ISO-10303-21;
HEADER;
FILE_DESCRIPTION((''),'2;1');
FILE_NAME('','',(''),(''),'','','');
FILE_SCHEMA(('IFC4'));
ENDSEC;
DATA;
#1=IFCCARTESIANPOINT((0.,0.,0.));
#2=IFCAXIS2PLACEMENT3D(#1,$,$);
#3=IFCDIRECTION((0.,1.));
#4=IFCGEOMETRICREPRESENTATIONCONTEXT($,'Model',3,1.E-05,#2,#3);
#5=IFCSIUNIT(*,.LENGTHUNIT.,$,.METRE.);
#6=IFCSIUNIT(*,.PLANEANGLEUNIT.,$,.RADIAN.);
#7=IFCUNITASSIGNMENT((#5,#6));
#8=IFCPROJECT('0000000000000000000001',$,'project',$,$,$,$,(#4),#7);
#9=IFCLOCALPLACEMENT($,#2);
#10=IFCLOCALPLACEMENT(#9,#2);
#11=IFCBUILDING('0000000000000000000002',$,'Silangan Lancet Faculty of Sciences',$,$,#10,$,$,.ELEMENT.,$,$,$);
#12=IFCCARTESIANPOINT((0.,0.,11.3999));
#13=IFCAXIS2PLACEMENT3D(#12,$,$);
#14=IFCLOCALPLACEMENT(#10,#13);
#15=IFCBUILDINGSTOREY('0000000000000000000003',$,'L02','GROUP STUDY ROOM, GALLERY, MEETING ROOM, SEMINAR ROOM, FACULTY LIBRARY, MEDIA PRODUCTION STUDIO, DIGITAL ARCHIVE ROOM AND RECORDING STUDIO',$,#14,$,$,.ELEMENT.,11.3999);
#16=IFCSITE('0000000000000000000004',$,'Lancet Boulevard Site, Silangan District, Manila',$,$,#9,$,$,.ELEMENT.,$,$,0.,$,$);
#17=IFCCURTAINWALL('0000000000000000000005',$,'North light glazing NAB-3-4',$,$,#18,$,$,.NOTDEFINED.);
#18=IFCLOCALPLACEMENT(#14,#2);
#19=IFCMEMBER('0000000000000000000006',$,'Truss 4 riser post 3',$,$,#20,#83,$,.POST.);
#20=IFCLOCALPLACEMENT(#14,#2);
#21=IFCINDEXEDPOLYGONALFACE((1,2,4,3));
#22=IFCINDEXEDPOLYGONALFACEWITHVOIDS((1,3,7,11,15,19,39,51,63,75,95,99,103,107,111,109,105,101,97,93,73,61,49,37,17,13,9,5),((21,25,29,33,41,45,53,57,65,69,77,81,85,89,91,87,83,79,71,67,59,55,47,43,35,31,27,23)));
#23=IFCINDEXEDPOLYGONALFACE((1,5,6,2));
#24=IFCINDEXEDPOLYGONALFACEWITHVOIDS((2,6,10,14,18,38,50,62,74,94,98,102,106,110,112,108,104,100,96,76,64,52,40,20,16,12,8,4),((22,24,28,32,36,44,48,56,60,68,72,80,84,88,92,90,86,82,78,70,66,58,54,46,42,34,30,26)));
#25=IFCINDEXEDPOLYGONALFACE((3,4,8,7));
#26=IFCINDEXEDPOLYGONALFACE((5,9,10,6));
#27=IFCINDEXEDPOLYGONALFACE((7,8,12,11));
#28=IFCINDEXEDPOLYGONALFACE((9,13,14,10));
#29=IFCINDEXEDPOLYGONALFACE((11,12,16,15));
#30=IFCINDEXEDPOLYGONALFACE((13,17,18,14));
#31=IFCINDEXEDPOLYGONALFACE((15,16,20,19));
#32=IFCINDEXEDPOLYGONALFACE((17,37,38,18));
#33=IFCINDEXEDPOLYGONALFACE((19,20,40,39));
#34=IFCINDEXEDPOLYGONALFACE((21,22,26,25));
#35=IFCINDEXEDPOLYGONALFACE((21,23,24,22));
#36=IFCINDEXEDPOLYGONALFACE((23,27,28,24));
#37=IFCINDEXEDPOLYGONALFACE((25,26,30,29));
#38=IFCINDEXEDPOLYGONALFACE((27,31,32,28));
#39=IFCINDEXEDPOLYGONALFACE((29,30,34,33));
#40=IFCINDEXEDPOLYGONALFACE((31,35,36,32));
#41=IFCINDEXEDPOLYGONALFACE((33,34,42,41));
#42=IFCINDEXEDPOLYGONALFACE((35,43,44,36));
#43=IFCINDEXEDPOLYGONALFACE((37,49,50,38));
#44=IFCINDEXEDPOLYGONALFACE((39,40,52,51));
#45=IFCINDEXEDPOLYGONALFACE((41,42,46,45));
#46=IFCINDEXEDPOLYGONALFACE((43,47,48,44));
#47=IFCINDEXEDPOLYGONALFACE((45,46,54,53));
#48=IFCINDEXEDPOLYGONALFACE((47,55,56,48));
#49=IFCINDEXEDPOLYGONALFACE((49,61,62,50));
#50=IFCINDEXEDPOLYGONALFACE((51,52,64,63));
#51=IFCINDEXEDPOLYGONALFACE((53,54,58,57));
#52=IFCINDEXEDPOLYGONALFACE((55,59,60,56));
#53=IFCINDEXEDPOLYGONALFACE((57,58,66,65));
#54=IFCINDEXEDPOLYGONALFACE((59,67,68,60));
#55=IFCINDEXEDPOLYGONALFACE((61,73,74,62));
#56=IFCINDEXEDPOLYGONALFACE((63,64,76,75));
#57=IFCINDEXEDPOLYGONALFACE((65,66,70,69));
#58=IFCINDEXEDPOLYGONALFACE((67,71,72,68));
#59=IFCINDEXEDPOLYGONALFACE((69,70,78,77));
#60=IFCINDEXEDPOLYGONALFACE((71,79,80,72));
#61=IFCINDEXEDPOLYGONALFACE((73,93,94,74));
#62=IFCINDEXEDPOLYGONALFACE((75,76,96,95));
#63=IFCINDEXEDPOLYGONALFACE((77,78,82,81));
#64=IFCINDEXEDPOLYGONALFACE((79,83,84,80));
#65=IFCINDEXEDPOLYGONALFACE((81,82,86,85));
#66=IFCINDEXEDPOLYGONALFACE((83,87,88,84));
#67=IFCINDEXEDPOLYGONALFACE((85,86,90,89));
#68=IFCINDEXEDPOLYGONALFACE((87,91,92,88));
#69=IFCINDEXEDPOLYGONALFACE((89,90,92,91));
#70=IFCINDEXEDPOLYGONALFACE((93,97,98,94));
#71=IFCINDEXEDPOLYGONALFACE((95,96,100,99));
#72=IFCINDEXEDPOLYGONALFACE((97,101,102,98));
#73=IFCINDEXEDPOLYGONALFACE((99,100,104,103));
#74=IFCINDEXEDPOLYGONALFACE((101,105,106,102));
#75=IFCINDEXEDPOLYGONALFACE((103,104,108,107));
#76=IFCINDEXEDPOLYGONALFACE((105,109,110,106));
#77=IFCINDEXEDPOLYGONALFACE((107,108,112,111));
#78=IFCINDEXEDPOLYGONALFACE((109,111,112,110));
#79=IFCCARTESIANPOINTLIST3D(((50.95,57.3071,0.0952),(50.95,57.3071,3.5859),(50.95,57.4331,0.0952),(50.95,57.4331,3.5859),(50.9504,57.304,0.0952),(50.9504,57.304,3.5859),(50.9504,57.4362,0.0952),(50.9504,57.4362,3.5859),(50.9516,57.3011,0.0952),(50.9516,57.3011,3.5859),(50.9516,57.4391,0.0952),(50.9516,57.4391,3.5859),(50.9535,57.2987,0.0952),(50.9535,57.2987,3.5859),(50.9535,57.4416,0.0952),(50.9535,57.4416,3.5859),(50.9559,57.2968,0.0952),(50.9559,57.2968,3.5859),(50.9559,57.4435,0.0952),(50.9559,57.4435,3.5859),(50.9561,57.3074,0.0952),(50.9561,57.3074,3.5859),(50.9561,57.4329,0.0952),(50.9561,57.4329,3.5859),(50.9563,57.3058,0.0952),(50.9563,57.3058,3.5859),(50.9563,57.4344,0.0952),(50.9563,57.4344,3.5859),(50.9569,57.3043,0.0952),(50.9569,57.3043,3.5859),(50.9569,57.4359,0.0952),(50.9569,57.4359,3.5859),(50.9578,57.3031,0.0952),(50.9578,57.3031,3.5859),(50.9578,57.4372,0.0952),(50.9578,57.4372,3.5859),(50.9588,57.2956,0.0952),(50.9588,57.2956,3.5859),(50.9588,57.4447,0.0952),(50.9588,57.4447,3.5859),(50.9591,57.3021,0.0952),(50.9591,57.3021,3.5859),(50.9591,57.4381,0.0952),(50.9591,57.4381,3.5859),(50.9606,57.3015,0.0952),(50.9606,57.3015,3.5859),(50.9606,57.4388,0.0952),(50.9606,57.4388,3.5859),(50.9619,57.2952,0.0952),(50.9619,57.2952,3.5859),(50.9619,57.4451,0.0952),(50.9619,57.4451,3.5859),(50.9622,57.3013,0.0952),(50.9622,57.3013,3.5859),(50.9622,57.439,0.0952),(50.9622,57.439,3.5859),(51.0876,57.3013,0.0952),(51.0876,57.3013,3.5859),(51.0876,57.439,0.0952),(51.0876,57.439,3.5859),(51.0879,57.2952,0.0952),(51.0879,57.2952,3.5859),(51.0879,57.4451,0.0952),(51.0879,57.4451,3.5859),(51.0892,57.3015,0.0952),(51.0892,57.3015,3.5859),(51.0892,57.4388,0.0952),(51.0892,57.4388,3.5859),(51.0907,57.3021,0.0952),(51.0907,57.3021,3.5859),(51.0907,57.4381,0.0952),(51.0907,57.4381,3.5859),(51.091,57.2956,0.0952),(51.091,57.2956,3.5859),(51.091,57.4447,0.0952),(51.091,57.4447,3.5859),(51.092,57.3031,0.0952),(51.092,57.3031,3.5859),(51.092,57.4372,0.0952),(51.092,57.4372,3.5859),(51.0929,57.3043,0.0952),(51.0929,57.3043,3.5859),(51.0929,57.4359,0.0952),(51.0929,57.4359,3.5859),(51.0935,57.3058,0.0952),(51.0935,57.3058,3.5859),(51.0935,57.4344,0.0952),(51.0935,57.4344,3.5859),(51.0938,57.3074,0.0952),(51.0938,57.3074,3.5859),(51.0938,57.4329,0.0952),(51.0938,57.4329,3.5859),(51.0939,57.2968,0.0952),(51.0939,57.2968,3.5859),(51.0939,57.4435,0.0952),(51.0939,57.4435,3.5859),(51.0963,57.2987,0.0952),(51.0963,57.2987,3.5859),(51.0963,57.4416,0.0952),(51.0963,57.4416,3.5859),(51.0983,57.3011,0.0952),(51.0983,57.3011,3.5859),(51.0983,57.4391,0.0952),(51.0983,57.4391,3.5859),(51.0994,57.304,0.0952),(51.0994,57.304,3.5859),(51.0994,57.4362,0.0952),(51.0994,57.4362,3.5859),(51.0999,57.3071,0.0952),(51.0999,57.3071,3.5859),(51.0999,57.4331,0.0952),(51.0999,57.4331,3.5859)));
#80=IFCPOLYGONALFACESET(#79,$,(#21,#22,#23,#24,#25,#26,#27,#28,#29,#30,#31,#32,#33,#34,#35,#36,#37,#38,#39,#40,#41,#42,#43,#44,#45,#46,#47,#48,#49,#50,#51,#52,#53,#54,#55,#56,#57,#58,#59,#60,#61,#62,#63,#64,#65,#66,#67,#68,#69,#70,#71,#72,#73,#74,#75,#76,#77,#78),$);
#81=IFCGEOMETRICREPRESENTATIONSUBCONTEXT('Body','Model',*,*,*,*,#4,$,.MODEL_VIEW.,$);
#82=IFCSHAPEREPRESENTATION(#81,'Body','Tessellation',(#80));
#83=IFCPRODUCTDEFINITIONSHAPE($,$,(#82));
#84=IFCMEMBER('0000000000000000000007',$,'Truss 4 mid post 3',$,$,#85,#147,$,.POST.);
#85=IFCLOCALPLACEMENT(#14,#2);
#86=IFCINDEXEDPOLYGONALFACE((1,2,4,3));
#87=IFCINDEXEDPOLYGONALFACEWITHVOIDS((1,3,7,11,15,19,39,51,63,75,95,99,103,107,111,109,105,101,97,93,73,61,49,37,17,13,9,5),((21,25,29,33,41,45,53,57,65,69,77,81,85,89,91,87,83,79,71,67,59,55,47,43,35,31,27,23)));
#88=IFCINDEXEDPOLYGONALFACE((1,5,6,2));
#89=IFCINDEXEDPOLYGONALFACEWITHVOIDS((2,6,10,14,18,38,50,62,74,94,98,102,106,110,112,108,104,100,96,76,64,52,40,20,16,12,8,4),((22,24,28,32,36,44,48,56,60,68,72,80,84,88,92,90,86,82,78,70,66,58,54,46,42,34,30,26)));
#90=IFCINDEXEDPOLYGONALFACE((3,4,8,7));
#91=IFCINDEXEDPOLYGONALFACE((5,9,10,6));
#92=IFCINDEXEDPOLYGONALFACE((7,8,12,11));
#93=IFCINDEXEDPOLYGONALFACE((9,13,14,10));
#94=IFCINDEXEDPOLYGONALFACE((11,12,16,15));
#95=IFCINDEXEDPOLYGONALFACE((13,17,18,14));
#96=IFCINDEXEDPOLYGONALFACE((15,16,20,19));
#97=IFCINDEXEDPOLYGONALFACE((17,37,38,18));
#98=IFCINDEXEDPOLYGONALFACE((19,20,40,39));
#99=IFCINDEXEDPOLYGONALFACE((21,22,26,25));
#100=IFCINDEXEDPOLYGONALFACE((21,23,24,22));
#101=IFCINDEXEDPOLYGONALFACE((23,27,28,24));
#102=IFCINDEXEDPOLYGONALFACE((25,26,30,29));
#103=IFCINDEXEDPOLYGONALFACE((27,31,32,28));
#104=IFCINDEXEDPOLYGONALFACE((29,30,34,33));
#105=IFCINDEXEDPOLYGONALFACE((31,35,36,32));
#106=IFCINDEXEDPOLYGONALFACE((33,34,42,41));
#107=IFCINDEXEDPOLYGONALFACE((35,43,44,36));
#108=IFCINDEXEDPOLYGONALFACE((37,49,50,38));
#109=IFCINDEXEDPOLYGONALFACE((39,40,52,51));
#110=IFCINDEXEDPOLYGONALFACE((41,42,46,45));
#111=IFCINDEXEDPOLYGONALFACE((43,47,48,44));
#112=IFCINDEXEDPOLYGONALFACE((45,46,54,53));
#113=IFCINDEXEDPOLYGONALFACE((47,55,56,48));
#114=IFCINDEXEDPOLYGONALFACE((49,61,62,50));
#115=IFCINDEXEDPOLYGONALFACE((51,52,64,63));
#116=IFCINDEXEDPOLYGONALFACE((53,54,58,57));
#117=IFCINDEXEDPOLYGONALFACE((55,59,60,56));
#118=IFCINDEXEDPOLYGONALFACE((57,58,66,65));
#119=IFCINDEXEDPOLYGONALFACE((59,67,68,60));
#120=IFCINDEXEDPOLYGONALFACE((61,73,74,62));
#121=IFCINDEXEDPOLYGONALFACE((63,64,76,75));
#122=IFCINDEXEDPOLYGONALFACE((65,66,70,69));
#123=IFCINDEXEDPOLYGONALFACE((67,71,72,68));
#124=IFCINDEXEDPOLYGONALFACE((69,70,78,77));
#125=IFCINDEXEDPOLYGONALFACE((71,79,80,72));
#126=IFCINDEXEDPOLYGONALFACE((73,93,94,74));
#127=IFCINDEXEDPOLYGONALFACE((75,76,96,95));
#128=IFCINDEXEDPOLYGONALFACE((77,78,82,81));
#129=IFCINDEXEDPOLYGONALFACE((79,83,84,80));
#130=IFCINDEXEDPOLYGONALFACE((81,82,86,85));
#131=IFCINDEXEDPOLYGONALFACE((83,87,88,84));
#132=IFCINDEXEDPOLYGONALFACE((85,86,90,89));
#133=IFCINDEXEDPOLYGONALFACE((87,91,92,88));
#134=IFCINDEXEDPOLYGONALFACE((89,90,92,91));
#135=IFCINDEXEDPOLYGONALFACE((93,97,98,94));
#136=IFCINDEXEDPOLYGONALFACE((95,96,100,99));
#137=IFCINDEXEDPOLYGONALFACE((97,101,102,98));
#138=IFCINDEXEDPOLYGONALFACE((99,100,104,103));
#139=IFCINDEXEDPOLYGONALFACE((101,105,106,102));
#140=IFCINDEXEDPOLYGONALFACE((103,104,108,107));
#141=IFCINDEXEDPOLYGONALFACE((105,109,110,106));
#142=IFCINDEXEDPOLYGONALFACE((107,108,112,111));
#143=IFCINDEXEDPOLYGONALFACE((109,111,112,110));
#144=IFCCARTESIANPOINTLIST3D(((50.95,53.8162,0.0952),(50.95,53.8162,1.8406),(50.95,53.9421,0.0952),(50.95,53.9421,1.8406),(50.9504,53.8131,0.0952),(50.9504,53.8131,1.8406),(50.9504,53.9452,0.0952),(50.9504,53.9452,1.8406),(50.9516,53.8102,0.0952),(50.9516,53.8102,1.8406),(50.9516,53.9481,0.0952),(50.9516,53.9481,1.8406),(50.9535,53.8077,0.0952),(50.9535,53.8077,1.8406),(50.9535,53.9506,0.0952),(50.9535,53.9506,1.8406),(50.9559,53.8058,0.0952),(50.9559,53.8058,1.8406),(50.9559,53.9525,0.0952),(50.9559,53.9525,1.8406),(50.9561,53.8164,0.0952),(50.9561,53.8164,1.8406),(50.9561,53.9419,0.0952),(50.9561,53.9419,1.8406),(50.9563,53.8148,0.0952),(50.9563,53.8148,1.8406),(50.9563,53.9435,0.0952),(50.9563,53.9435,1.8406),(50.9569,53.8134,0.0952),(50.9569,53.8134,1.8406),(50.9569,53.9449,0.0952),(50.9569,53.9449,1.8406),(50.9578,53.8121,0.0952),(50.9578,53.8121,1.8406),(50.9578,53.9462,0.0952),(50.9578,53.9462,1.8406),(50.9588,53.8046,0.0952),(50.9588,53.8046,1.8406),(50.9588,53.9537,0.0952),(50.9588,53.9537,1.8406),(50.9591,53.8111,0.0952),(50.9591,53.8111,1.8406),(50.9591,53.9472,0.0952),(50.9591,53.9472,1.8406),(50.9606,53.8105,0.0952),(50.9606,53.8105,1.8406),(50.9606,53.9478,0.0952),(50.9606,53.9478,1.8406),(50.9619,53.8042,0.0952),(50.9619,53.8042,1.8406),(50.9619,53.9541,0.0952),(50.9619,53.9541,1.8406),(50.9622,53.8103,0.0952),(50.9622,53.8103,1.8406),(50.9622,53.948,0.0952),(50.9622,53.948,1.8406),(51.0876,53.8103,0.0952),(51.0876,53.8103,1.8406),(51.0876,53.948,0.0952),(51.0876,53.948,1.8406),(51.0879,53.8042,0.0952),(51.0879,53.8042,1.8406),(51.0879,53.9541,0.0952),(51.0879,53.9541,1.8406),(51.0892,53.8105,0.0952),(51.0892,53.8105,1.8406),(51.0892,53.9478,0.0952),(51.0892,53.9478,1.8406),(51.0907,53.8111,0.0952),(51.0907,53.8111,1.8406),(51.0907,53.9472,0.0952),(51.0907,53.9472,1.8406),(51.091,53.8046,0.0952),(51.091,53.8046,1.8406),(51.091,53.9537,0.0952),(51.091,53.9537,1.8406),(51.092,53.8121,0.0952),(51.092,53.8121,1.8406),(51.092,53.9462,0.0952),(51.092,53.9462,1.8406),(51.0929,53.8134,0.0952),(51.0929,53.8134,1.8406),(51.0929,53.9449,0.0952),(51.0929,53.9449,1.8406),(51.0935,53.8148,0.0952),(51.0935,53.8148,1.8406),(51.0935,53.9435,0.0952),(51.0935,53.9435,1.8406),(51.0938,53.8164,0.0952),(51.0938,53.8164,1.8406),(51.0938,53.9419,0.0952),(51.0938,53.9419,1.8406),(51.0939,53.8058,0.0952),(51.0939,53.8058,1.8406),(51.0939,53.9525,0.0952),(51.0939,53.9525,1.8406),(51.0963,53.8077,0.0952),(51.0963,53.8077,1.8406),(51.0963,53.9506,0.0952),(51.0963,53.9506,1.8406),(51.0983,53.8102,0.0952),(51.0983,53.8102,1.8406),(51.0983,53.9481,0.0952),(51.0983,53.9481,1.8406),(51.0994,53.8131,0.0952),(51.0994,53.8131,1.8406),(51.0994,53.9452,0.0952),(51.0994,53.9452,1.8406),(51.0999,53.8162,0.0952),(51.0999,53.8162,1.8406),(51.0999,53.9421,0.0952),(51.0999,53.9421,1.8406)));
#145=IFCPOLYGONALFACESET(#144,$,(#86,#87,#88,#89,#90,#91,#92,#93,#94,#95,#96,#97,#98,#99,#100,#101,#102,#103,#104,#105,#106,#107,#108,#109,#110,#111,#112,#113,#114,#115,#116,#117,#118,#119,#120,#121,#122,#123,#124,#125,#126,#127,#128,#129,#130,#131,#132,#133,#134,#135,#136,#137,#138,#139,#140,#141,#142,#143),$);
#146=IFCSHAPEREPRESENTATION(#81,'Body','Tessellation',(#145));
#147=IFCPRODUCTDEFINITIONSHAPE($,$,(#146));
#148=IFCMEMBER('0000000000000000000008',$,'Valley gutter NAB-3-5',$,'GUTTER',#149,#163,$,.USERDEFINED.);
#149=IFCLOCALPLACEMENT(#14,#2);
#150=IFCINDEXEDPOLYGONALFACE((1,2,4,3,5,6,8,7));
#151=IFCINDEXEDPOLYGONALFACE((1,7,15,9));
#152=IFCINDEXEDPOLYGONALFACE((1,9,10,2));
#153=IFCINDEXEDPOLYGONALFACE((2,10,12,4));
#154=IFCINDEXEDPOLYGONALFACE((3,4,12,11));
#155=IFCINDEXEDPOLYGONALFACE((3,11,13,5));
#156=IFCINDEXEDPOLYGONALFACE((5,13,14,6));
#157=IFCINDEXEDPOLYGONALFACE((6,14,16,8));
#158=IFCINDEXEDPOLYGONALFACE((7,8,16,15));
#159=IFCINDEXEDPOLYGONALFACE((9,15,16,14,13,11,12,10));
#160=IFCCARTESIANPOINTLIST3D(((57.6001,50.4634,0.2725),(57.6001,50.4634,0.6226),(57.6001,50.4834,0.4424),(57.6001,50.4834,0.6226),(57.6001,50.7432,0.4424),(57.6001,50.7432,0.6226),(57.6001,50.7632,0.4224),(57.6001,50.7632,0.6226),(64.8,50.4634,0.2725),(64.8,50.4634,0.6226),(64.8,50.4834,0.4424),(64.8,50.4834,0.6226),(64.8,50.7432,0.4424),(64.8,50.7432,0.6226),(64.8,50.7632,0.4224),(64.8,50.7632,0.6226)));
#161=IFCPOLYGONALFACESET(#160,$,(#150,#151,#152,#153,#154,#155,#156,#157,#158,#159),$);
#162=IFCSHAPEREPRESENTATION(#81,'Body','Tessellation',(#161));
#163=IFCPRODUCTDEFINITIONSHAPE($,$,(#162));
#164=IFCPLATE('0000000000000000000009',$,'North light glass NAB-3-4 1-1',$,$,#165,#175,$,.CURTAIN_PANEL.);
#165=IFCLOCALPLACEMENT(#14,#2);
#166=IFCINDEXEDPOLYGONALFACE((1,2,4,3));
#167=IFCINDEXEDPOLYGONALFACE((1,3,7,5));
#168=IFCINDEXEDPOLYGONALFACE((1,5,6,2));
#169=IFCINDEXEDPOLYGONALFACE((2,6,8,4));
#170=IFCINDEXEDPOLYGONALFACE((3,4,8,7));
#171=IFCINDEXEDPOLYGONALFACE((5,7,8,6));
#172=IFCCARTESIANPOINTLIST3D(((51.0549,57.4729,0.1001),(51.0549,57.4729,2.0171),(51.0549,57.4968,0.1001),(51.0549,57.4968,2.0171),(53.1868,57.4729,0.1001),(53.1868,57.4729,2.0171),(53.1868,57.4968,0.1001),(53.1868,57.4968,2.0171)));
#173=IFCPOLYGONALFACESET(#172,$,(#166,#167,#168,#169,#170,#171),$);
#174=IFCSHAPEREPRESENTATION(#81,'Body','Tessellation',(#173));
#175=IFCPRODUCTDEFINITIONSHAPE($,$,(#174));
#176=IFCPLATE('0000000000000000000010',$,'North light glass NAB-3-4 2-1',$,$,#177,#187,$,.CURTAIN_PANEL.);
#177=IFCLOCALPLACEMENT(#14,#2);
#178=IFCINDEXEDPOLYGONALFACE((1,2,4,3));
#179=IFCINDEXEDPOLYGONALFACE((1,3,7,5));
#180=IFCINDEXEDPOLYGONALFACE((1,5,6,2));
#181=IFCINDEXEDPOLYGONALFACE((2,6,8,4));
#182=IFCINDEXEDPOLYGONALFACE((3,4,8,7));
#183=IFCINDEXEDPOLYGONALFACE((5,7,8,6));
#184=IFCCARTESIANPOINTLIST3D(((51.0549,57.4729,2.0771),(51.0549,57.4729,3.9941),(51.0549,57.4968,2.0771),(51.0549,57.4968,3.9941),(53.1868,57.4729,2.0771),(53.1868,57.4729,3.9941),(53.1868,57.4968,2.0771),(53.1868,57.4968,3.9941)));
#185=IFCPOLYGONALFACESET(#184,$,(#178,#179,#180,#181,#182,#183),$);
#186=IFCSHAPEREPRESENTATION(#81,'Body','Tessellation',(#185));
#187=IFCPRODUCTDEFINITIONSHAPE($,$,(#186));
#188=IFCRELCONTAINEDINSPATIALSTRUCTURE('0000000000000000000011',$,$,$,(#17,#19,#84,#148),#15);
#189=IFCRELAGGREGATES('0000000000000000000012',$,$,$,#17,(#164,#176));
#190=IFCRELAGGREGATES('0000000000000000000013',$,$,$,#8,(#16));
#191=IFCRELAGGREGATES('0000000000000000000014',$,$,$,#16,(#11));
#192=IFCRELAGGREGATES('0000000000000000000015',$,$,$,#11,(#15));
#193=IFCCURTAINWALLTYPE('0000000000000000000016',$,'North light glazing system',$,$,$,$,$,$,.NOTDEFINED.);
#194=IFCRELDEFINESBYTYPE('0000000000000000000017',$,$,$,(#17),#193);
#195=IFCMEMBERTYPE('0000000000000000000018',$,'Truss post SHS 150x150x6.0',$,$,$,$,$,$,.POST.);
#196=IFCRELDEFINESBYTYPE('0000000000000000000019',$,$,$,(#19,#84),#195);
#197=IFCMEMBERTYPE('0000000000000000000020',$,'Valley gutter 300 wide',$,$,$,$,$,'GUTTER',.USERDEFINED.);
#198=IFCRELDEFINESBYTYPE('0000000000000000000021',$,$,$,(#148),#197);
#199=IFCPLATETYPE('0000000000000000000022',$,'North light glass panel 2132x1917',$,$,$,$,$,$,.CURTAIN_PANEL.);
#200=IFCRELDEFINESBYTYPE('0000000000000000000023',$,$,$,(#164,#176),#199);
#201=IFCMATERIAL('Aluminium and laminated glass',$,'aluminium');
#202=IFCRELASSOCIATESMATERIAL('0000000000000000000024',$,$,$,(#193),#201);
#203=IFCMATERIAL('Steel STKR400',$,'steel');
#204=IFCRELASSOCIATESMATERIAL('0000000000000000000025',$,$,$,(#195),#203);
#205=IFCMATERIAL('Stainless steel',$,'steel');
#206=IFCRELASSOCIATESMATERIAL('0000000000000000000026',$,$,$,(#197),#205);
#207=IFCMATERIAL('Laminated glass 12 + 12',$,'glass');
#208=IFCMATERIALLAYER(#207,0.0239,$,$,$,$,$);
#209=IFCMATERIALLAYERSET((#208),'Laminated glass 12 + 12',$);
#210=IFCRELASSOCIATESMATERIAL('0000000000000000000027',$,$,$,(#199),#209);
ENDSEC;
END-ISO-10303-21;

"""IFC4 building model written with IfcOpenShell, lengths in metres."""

from ifc_helpers import new_model, si_unit, direction, frame, origin, origin_2d, place, context, subcontext, project, spatial, polyline, hollow_rectangle, outline, extrude, material, layer, layer_set, material_profile, profile_set, type_object, element, aggregate, save


model = new_model("IFC4")

# Units and contexts
model_context = context("Model", 3, precision=1e-05, world=origin(), true_north=direction((0.0, 1.0)))
body_context = subcontext(model_context, "Body", "Model", "MODEL_VIEW")
ifc_project = project(units=[si_unit("LENGTHUNIT", "METRE"), si_unit("PLANEANGLEUNIT", "RADIAN")], contexts=[model_context])

# Site, building, storey
site_placement = place(None, origin())
site = spatial("IfcSite", under=ifc_project, at=site_placement, Name="Lancet Boulevard Site, Silangan District, Manila", CompositionType="ELEMENT", RefElevation=0.0)
building_placement = place(site_placement, origin())
building = spatial("IfcBuilding", under=site, at=building_placement, Name="Silangan Lancet Faculty of Sciences", CompositionType="ELEMENT")
storey_placement = place(building_placement, frame((0.0, 0.0, 11.3999)))
storey = spatial("IfcBuildingStorey", under=building, at=storey_placement, Name="L02", Description="GROUP STUDY ROOM, GALLERY, MEETING ROOM, SEMINAR ROOM, FACULTY LIBRARY, MEDIA PRODUCTION STUDIO, DIGITAL ARCHIVE ROOM AND RECORDING STUDIO", CompositionType="ELEMENT", Elevation=11.3999)

# Curtain wall
ifc_material_1 = material(Name="Aluminium and laminated glass", Category="aluminium")
curtain_wall_type = type_object("IfcCurtainWallType", Name="North light glazing system", PredefinedType="NOTDEFINED", material=ifc_material_1)
curtain_wall_1_placement = place(storey_placement, origin())
curtain_wall_1 = element("IfcCurtainWall", 1, at=curtain_wall_1_placement, inside=storey, type_object=curtain_wall_type, Name="North light glazing NAB-3-4", PredefinedType="NOTDEFINED")

# Members
ifc_material_2 = material(Name="Steel STKR400", Category="steel")
ifc_material_profile_1 = material_profile(ifc_material_2, hollow_rectangle(XDim=0.1499, YDim=0.1499, WallThickness=0.0061, InnerFilletRadius=0.0061, OuterFilletRadius=0.012, at=origin_2d()), Name="SHS 150x150x6.0")
ifc_profile_set_1 = profile_set([ifc_material_profile_1], Name="Steel STKR400")
member_type_1 = type_object("IfcMemberType", Name="Truss post SHS 150x150x6.0", PredefinedType="POST", material=ifc_profile_set_1)
member_1_placement = place(storey_placement, frame((51.0249, 57.3701, 0.0952), z_axis=(0.0, 0.0, 1.0), x_axis=(1.0, 0.0, 0.0)))
element("IfcMember", 2, at=member_1_placement, inside=storey, type_object=member_type_1, Name="Truss 4 riser post 3", PredefinedType="POST", context=body_context, shape_type="SweptSolid", body=[
    extrude(hollow_rectangle(XDim=0.1499, YDim=0.1499, WallThickness=0.0061, InnerFilletRadius=0.0061, OuterFilletRadius=0.012, at=origin_2d()), origin(), (0.0, 0.0, 1.0), 3.4907),
])
member_2_placement = place(storey_placement, frame((51.0249, 53.8792, 0.0952), z_axis=(0.0, 0.0, 1.0), x_axis=(1.0, 0.0, 0.0)))
element("IfcMember", 3, at=member_2_placement, inside=storey, type_object=member_type_1, Name="Truss 4 mid post 3", PredefinedType="POST", context=body_context, shape_type="SweptSolid", body=[
    extrude(hollow_rectangle(XDim=0.1499, YDim=0.1499, WallThickness=0.0061, InnerFilletRadius=0.0061, OuterFilletRadius=0.012, at=origin_2d()), origin(), (0.0, 0.0, 1.0), 1.7454),
])
ifc_material_3 = material(Name="Stainless steel", Category="steel")
ifc_material_profile_2 = material_profile(ifc_material_3, outline(polyline([(-0.1499, 0.0), (0.1499, 0.1499), (0.1499, 0.3501), (0.1299, 0.3501), (0.1299, 0.1699), (-0.1299, 0.1699), (-0.1299, 0.3501), (-0.1499, 0.3501), (-0.1499, 0.0)])), Name="valley gutter")
ifc_profile_set_2 = profile_set([ifc_material_profile_2], Name="Stainless steel")
member_type_2 = type_object("IfcMemberType", Name="Valley gutter 300 wide", ElementType="GUTTER", PredefinedType="USERDEFINED", material=ifc_profile_set_2)
member_3_placement = place(storey_placement, frame((57.6001, 50.6133, 0.2725), z_axis=(1.0, 0.0, 0.0), x_axis=(0.0, 1.0, 0.0)))
element("IfcMember", 4, at=member_3_placement, inside=storey, type_object=member_type_2, Name="Valley gutter NAB-3-5", ObjectType="GUTTER", PredefinedType="USERDEFINED", context=body_context, shape_type="SweptSolid", body=[
    extrude(outline(polyline([(-0.1499, 0.0), (0.1499, 0.1499), (0.1499, 0.3501), (0.1299, 0.3501), (0.1299, 0.1699), (-0.1299, 0.1699), (-0.1299, 0.3501), (-0.1499, 0.3501), (-0.1499, 0.0)])), origin(), (0.0, 0.0, 1.0), 7.2),
])

# Plates
ifc_material_4 = material(Name="Laminated glass 12 + 12", Category="glass")
ifc_layer_1 = layer(ifc_material_4, 0.0239)
ifc_layer_set_1 = layer_set([ifc_layer_1], Name="Laminated glass 12 + 12")
plate_type = type_object("IfcPlateType", Name="North light glass panel 2132x1917", PredefinedType="CURTAIN_PANEL", material=ifc_layer_set_1)
plate_1_placement = place(storey_placement, frame((51.0549, 57.4729, 0.1001), z_axis=(0.0, -1.0, 0.0), x_axis=(1.0, 0.0, 0.0)))
plate_1 = element("IfcPlate", 5, at=plate_1_placement, type_object=plate_type, Name="North light glass NAB-3-4 1-1", PredefinedType="CURTAIN_PANEL", context=body_context, shape_type="SweptSolid", body=[
    extrude(outline(polyline([(0.0, 0.0), (2.1318, 0.0), (2.1318, 1.917), (0.0, 1.917), (0.0, 0.0)])), origin(), (0.0, 0.0, -1.0), 0.0239),
])
plate_2_placement = place(storey_placement, frame((51.0549, 57.4729, 2.0771), z_axis=(0.0, -1.0, 0.0), x_axis=(1.0, 0.0, 0.0)))
plate_2 = element("IfcPlate", 6, at=plate_2_placement, type_object=plate_type, Name="North light glass NAB-3-4 2-1", PredefinedType="CURTAIN_PANEL", context=body_context, shape_type="SweptSolid", body=[
    extrude(outline(polyline([(0.0, 0.0), (2.1318, 0.0), (2.1318, 1.917), (0.0, 1.917), (0.0, 0.0)])), origin(), (0.0, 0.0, -1.0), 0.0239),
])
aggregate(curtain_wall_1, [plate_1, plate_2])

save(model, "model.ifc")
